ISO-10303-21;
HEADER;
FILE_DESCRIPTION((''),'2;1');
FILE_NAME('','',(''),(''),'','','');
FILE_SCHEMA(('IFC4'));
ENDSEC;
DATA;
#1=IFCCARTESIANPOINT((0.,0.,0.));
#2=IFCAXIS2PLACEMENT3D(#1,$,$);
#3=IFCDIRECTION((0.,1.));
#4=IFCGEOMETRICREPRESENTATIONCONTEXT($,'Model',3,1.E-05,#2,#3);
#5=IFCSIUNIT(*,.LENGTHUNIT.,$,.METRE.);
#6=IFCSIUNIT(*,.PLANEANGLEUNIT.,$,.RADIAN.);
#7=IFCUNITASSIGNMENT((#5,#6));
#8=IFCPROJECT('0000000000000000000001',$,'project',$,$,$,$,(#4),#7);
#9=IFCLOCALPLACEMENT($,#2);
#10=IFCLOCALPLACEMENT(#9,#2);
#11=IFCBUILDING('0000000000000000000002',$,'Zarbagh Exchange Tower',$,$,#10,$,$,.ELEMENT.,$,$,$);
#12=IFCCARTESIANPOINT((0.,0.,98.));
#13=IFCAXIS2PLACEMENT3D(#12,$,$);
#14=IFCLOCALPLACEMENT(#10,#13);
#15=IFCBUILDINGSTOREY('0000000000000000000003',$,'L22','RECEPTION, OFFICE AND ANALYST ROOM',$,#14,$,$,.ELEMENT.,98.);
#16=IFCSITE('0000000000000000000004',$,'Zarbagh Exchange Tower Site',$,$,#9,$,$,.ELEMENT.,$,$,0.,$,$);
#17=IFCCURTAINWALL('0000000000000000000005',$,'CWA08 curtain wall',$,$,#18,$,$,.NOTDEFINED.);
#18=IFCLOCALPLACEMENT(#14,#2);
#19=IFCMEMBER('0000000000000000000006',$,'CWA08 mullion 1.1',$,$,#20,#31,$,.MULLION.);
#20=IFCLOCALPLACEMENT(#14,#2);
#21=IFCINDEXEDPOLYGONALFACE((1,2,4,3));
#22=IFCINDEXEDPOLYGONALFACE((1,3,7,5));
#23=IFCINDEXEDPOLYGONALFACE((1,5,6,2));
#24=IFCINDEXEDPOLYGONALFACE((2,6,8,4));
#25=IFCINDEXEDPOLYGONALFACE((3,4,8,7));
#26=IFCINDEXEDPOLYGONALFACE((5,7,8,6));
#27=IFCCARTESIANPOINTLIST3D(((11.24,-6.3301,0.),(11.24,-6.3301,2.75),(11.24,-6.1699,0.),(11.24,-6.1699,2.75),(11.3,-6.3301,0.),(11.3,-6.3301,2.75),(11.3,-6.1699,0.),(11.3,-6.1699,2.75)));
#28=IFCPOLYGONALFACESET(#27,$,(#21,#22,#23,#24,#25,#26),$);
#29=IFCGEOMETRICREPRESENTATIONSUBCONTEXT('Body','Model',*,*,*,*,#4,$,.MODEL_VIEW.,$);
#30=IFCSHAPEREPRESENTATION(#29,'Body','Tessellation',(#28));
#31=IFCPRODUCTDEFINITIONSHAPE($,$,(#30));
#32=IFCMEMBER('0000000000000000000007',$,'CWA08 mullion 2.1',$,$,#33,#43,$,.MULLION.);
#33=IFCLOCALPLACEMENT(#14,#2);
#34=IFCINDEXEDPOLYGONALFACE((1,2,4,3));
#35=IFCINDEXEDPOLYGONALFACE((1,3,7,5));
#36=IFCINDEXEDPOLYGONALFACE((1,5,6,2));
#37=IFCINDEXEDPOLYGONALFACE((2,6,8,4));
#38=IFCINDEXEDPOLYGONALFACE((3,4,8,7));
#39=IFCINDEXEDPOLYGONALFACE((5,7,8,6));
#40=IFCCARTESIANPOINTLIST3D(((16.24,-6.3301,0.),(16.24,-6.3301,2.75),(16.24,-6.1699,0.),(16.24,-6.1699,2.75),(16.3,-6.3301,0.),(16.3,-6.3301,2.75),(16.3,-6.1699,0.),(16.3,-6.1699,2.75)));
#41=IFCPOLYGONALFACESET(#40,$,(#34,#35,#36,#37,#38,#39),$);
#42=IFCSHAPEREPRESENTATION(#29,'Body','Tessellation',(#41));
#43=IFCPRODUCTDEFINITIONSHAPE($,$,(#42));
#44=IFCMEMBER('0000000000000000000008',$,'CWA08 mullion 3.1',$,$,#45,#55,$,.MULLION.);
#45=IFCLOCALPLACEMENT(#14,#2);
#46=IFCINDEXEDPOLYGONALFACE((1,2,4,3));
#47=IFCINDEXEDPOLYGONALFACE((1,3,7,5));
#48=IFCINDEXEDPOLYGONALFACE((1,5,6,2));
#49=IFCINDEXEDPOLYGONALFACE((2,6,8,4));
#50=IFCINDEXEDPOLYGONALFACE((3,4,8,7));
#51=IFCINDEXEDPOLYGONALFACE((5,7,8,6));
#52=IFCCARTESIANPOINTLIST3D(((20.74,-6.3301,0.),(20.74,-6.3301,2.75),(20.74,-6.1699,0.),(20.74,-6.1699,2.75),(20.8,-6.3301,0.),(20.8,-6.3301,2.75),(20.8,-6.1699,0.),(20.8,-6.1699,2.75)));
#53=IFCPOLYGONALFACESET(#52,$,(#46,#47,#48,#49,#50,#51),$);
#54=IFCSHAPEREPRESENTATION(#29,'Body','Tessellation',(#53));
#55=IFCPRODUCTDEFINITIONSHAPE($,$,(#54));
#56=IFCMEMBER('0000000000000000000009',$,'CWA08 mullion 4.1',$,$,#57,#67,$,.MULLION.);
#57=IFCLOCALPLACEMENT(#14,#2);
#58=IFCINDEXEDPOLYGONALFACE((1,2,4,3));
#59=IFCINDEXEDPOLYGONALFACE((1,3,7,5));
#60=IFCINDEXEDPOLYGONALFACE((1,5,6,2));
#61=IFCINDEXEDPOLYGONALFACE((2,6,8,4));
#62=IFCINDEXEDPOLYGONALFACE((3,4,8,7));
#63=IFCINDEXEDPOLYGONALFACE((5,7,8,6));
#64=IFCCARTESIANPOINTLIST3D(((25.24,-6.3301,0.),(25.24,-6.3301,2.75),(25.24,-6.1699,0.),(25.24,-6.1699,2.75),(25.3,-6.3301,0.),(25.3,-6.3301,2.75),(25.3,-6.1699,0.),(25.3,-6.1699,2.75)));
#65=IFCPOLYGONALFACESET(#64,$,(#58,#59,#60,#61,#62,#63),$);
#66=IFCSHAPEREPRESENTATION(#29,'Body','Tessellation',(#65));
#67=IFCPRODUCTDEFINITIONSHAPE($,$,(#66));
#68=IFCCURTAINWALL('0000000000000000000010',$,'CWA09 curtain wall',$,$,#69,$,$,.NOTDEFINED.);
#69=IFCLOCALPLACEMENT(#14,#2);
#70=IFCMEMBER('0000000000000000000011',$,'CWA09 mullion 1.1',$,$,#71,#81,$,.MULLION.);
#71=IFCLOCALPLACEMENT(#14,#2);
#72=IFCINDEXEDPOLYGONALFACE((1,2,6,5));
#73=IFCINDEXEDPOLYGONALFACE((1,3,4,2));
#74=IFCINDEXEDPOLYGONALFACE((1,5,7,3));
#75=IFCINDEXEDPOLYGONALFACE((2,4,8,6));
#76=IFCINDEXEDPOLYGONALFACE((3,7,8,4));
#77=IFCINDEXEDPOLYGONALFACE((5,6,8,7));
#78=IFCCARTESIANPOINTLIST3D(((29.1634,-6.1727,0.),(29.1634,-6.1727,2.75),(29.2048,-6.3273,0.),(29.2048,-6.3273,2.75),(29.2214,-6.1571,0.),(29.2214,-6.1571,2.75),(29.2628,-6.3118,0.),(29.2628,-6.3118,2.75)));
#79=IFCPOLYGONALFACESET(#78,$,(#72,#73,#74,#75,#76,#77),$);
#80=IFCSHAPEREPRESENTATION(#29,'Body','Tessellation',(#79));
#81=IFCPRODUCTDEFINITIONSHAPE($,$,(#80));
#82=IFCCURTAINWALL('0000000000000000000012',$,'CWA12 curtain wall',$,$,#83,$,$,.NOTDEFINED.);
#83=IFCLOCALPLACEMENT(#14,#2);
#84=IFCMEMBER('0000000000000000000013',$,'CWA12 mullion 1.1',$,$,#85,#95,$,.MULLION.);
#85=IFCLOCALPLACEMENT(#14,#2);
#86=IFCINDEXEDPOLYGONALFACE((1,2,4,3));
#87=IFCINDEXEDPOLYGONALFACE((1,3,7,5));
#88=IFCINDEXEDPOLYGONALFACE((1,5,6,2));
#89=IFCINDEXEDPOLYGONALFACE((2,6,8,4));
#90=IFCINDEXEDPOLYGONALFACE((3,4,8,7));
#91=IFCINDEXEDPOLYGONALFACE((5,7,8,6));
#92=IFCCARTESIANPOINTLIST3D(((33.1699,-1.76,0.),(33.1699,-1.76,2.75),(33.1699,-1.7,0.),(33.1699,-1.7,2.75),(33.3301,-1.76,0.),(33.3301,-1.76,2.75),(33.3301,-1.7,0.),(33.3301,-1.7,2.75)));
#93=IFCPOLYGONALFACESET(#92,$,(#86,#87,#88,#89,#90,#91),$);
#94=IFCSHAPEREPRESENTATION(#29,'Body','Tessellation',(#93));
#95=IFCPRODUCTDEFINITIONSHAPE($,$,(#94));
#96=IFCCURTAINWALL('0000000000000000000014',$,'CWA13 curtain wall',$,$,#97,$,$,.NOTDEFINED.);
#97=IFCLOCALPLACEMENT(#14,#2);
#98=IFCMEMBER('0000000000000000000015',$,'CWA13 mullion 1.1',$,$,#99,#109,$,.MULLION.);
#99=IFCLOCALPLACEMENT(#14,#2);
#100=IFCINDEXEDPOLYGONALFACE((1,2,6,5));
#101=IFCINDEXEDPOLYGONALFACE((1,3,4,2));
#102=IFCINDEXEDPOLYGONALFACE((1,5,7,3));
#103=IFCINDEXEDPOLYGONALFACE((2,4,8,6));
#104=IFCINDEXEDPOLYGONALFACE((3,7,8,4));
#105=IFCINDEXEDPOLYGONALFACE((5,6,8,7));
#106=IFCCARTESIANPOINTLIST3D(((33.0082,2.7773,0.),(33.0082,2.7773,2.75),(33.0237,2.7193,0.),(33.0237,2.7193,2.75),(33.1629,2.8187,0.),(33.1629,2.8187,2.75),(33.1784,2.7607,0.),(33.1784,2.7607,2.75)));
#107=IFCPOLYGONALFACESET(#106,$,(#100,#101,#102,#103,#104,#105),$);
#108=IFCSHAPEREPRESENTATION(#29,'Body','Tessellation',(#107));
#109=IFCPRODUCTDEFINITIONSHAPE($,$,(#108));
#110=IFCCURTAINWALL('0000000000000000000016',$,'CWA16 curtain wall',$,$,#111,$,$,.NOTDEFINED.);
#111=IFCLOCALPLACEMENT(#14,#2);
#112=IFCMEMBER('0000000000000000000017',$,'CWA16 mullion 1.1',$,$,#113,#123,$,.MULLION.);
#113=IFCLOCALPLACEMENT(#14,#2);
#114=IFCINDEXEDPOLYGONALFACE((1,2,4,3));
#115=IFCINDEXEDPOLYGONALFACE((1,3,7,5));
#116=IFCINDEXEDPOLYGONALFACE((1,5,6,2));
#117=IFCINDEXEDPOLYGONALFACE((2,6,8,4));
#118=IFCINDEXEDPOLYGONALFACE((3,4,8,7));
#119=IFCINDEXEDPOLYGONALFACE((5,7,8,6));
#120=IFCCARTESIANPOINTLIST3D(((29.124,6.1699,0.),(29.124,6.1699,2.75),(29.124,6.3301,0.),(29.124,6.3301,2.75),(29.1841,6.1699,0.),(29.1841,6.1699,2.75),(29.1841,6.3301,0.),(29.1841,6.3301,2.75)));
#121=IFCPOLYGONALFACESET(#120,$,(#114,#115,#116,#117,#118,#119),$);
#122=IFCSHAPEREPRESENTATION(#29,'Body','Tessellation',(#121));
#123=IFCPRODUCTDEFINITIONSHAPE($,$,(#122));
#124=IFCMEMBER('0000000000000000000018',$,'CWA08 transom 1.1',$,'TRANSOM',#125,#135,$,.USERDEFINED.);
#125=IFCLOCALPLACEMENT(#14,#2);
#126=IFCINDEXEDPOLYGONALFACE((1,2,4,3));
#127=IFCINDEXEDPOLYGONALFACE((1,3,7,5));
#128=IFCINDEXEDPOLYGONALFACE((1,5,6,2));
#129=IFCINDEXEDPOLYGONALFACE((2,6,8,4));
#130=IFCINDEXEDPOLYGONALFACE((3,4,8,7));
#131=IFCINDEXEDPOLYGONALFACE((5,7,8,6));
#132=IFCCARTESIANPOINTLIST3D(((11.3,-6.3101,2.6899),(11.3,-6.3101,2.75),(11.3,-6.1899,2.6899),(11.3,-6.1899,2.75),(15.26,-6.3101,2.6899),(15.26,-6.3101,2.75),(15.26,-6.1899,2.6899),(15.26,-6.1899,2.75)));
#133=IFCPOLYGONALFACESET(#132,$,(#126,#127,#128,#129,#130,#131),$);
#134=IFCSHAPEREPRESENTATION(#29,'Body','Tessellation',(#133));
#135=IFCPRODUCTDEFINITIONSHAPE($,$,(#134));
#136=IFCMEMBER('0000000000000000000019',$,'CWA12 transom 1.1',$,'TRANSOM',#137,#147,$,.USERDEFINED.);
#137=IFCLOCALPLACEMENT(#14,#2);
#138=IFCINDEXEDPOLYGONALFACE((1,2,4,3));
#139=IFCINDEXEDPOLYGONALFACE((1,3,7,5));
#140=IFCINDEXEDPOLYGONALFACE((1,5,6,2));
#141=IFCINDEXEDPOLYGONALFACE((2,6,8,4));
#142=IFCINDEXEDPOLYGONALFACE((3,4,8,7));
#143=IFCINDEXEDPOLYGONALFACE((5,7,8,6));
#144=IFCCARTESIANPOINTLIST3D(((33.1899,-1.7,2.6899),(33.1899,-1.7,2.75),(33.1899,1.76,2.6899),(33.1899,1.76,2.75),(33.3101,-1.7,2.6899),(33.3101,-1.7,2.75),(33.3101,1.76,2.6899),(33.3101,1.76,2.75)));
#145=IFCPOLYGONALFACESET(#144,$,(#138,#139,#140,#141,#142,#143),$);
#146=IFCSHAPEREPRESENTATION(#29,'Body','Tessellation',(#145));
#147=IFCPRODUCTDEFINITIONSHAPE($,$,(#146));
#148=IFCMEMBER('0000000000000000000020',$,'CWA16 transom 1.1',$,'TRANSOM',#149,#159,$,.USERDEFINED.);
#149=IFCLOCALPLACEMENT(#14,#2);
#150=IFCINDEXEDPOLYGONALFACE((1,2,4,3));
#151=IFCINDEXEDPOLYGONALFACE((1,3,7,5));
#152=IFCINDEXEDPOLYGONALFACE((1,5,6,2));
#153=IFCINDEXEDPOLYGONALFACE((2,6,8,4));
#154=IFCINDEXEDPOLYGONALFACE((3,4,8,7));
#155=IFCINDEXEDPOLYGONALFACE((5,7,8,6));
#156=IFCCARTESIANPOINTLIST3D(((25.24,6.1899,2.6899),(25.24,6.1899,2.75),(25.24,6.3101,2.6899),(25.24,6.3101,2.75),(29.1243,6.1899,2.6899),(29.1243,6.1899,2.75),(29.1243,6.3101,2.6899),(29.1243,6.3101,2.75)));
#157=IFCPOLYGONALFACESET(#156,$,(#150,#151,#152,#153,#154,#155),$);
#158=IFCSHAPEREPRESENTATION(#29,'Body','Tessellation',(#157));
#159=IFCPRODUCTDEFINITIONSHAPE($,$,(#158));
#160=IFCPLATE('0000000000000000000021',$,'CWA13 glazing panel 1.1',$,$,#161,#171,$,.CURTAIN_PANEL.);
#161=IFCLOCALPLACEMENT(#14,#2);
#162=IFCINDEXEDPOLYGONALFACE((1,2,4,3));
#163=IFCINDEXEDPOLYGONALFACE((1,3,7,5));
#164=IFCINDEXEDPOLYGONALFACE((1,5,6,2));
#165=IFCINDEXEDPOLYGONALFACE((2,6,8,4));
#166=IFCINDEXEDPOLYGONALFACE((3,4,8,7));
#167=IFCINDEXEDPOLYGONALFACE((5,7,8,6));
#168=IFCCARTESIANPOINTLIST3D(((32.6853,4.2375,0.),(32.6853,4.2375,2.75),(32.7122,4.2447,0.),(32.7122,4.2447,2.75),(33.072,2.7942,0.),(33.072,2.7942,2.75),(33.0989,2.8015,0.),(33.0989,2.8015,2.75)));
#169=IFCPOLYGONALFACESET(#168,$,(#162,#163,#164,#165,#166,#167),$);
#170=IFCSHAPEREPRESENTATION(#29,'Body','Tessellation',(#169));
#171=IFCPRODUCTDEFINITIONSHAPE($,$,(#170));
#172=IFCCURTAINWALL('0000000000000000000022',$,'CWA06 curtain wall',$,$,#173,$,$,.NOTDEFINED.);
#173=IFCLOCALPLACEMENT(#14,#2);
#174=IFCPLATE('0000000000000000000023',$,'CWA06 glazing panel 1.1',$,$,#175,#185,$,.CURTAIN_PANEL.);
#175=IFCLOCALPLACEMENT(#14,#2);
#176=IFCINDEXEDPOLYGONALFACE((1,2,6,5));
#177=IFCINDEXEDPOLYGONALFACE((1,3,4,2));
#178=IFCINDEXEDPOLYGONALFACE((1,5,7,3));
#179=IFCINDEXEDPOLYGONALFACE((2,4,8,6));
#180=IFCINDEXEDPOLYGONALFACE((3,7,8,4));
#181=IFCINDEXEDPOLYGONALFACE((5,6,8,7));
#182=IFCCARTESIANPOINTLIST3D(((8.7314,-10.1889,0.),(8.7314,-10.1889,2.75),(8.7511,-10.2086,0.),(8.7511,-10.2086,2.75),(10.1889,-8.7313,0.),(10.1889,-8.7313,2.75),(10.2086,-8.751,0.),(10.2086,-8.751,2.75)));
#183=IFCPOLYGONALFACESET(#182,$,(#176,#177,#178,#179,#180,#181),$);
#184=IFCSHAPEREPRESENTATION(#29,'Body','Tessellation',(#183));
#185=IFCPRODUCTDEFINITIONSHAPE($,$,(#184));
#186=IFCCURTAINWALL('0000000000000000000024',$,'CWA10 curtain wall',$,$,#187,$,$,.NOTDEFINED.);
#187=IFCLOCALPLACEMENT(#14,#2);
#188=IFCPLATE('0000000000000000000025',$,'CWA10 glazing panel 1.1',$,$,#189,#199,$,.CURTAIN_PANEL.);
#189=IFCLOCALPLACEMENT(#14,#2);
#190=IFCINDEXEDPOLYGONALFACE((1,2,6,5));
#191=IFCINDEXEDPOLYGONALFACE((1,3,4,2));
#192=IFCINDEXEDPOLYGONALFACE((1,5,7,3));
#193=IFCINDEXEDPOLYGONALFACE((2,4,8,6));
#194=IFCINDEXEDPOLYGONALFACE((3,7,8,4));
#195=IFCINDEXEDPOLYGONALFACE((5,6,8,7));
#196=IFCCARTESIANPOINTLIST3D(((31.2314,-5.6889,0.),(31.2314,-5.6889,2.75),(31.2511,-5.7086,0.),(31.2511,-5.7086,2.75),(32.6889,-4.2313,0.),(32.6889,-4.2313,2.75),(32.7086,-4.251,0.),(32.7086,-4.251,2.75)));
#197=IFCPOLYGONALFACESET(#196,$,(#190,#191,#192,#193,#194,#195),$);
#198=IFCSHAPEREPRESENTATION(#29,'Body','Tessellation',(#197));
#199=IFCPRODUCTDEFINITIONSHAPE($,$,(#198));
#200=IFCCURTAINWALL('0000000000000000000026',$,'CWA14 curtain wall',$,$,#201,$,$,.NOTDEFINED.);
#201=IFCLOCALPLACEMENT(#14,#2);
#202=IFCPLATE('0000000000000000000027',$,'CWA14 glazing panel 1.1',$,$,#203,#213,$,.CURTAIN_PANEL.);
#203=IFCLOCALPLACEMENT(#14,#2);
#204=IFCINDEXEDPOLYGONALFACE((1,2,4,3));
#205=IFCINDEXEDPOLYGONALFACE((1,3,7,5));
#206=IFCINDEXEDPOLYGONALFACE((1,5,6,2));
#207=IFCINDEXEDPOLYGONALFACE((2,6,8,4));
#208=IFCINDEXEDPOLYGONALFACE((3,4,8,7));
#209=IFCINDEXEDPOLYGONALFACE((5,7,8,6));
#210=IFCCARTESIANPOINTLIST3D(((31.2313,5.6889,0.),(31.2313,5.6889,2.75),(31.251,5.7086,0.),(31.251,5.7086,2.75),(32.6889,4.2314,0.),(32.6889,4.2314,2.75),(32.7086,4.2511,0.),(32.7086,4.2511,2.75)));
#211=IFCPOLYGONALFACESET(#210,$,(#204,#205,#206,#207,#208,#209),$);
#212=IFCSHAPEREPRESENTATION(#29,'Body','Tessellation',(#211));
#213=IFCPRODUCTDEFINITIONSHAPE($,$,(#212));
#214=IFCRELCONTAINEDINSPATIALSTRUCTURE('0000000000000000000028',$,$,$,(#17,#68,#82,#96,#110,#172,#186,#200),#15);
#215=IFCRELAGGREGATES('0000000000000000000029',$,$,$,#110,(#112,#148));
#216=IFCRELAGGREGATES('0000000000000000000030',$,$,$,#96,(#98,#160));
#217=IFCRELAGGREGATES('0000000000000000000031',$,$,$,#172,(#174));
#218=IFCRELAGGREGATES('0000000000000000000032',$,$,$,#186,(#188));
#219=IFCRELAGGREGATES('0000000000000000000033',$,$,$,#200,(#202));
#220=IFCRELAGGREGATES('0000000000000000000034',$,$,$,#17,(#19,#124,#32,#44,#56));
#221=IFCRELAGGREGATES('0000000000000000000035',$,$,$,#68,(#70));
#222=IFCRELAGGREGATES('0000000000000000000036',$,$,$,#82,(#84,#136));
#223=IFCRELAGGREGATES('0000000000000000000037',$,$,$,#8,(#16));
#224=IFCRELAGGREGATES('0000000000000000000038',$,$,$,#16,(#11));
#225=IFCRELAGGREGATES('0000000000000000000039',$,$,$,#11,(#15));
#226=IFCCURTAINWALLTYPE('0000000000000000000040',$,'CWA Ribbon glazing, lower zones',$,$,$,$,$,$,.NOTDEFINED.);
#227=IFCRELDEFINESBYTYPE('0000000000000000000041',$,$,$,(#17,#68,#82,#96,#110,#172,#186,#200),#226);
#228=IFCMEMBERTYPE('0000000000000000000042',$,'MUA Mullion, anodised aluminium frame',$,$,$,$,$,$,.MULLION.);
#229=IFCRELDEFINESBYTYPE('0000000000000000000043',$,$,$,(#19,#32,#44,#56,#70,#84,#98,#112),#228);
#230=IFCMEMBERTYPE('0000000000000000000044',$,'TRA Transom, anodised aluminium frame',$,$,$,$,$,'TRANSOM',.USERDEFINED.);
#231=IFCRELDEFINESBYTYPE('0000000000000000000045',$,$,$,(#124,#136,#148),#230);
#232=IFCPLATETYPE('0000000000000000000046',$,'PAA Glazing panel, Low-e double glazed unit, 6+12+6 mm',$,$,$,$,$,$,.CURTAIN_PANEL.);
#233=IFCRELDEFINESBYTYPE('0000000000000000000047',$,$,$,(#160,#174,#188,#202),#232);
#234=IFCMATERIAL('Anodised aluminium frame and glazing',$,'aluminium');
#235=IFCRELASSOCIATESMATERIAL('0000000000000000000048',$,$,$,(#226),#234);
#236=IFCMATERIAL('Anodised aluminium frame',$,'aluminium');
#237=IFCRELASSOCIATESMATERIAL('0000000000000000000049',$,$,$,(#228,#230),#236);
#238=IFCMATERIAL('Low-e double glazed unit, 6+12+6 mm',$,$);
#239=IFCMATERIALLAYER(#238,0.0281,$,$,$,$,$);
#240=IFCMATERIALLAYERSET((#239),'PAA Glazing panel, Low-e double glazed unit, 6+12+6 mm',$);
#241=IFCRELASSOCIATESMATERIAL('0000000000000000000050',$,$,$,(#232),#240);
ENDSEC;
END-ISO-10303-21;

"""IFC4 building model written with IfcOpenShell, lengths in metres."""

from ifc_helpers import new_model, si_unit, direction, frame, origin, place, context, subcontext, project, spatial, polyline, outline, extrude, source, transform, mapped, material, layer, layer_set, type_object, element, aggregate, save


model = new_model("IFC4")

# Units and contexts
model_context = context("Model", 3, precision=1e-05, world=origin(), true_north=direction((0.0, 1.0)))
body_context = subcontext(model_context, "Body", "Model", "MODEL_VIEW")
ifc_project = project(units=[si_unit("LENGTHUNIT", "METRE"), si_unit("PLANEANGLEUNIT", "RADIAN")], contexts=[model_context])

# Site, building, storey
site_placement = place(None, origin())
site = spatial("IfcSite", under=ifc_project, at=site_placement, Name="Zarbagh Exchange Tower Site", CompositionType="ELEMENT", RefElevation=0.0)
building_placement = place(site_placement, origin())
building = spatial("IfcBuilding", under=site, at=building_placement, Name="Zarbagh Exchange Tower", CompositionType="ELEMENT")
storey_placement = place(building_placement, frame((0.0, 0.0, 98.0)))
storey = spatial("IfcBuildingStorey", under=building, at=storey_placement, Name="L22", Description="RECEPTION, OFFICE AND ANALYST ROOM", CompositionType="ELEMENT", Elevation=98.0)

# Curtain wall, members
ifc_material_1 = material(Name="Anodised aluminium frame and glazing", Category="aluminium")
curtain_wall_type = type_object("IfcCurtainWallType", Name="CWA Ribbon glazing, lower zones", PredefinedType="NOTDEFINED", material=ifc_material_1)
curtain_wall_1_placement = place(storey_placement, origin())
curtain_wall_1 = element("IfcCurtainWall", 1, at=curtain_wall_1_placement, inside=storey, type_object=curtain_wall_type, Name="CWA08 curtain wall", PredefinedType="NOTDEFINED")
ifc_material_2 = material(Name="Anodised aluminium frame", Category="aluminium")
member_type_1 = type_object("IfcMemberType", Name="MUA Mullion, anodised aluminium frame", PredefinedType="MULLION", material=ifc_material_2)
shared_shape_1 = source(origin(), body_context, "Body", "SweptSolid", [
    extrude(outline(polyline([(0.0, -0.0801), (0.0601, -0.0801), (0.0601, 0.0801), (0.0, 0.0801), (0.0, -0.0801)])), origin(), (0.0, 0.0, 1.0), 2.75),
])
placement = place(storey_placement, origin())
member_1 = element("IfcMember", 2, at=placement, type_object=member_type_1, Name="CWA08 mullion 1.1", PredefinedType="MULLION", context=body_context, shape_type="MappedRepresentation", body=[
    mapped(shared_shape_1, transform((11.24, -6.25, 0.0), x_axis=(1.0, 0.0, 0.0), y_axis=(0.0, 1.0, 0.0), z_axis=(0.0, 0.0, 1.0))),
])
member_2 = element("IfcMember", 3, at=placement, type_object=member_type_1, Name="CWA08 mullion 2.1", PredefinedType="MULLION", context=body_context, shape_type="MappedRepresentation", body=[
    mapped(shared_shape_1, transform((16.24, -6.25, 0.0), x_axis=(1.0, 0.0, 0.0), y_axis=(0.0, 1.0, 0.0), z_axis=(0.0, 0.0, 1.0))),
])
member_3 = element("IfcMember", 4, at=placement, type_object=member_type_1, Name="CWA08 mullion 3.1", PredefinedType="MULLION", context=body_context, shape_type="MappedRepresentation", body=[
    mapped(shared_shape_1, transform((20.74, -6.25, 0.0), x_axis=(1.0, 0.0, 0.0), y_axis=(0.0, 1.0, 0.0), z_axis=(0.0, 0.0, 1.0))),
])
member_4 = element("IfcMember", 5, at=placement, type_object=member_type_1, Name="CWA08 mullion 4.1", PredefinedType="MULLION", context=body_context, shape_type="MappedRepresentation", body=[
    mapped(shared_shape_1, transform((25.24, -6.25, 0.0), x_axis=(1.0, 0.0, 0.0), y_axis=(0.0, 1.0, 0.0), z_axis=(0.0, 0.0, 1.0))),
])

# Curtain walls, members
curtain_wall_2_placement = place(storey_placement, origin())
curtain_wall_2 = element("IfcCurtainWall", 6, at=curtain_wall_2_placement, inside=storey, type_object=curtain_wall_type, Name="CWA09 curtain wall", PredefinedType="NOTDEFINED")
member_5 = element("IfcMember", 7, at=placement, type_object=member_type_1, Name="CWA09 mullion 1.1", PredefinedType="MULLION", context=body_context, shape_type="MappedRepresentation", body=[
    mapped(shared_shape_1, transform((29.1841, -6.25, 0.0), x_axis=(0.965924, 0.258825, 0.0), y_axis=(-0.258825, 0.965924, 0.0), z_axis=(0.0, 0.0, 1.0))),
])
curtain_wall_3_placement = place(storey_placement, origin())
curtain_wall_3 = element("IfcCurtainWall", 8, at=curtain_wall_3_placement, inside=storey, type_object=curtain_wall_type, Name="CWA12 curtain wall", PredefinedType="NOTDEFINED")
member_6 = element("IfcMember", 9, at=placement, type_object=member_type_1, Name="CWA12 mullion 1.1", PredefinedType="MULLION", context=body_context, shape_type="MappedRepresentation", body=[
    mapped(shared_shape_1, transform((33.25, -1.76, 0.0), x_axis=(0.0, 1.0, 0.0), y_axis=(-1.0, 0.0, 0.0), z_axis=(0.0, 0.0, 1.0))),
])
curtain_wall_4_placement = place(storey_placement, origin())
curtain_wall_4 = element("IfcCurtainWall", 10, at=curtain_wall_4_placement, inside=storey, type_object=curtain_wall_type, Name="CWA13 curtain wall", PredefinedType="NOTDEFINED")
member_7 = element("IfcMember", 11, at=placement, type_object=member_type_1, Name="CWA13 mullion 1.1", PredefinedType="MULLION", context=body_context, shape_type="MappedRepresentation", body=[
    mapped(shared_shape_1, transform((33.1011, 2.74, 0.0), x_axis=(-0.258825, 0.965924, 0.0), y_axis=(-0.965924, -0.258825, 0.0), z_axis=(0.0, 0.0, 1.0))),
])
curtain_wall_5_placement = place(storey_placement, origin())
curtain_wall_5 = element("IfcCurtainWall", 12, at=curtain_wall_5_placement, inside=storey, type_object=curtain_wall_type, Name="CWA16 curtain wall", PredefinedType="NOTDEFINED")
member_8 = element("IfcMember", 13, at=placement, type_object=member_type_1, Name="CWA16 mullion 1.1", PredefinedType="MULLION", context=body_context, shape_type="MappedRepresentation", body=[
    mapped(shared_shape_1, transform((29.1841, 6.25, 0.0), x_axis=(-1.0, 0.0, 0.0), y_axis=(0.0, -1.0, 0.0), z_axis=(0.0, 0.0, 1.0))),
])

# Members
member_type_2 = type_object("IfcMemberType", Name="TRA Transom, anodised aluminium frame", ElementType="TRANSOM", PredefinedType="USERDEFINED", material=ifc_material_2)
shared_shape_2 = source(origin(), body_context, "Body", "SweptSolid", [
    extrude(outline(polyline([(-0.0601, -0.0601), (0.0, -0.0601), (0.0, 0.0601), (-0.0601, 0.0601), (-0.0601, -0.0601)])), origin(), (0.0, 0.0, 1.0), 3.96),
])
member_9 = element("IfcMember", 14, at=placement, type_object=member_type_2, Name="CWA08 transom 1.1", ObjectType="TRANSOM", PredefinedType="USERDEFINED", context=body_context, shape_type="MappedRepresentation", body=[
    mapped(shared_shape_2, transform((11.3, -6.25, 2.75), x_axis=(0.0, 0.0, 1.0), y_axis=(0.0, -1.0, 0.0), z_axis=(1.0, 0.0, 0.0))),
])
shared_shape_3 = source(origin(), body_context, "Body", "SweptSolid", [
    extrude(outline(polyline([(-0.0601, -0.0601), (0.0, -0.0601), (0.0, 0.0601), (-0.0601, 0.0601), (-0.0601, -0.0601)])), origin(), (0.0, 0.0, 1.0), 3.46),
])
member_10 = element("IfcMember", 15, at=placement, type_object=member_type_2, Name="CWA12 transom 1.1", ObjectType="TRANSOM", PredefinedType="USERDEFINED", context=body_context, shape_type="MappedRepresentation", body=[
    mapped(shared_shape_3, transform((33.25, -1.7, 2.75), x_axis=(0.0, 0.0, 1.0), y_axis=(1.0, 0.0, 0.0), z_axis=(0.0, 1.0, 0.0))),
])
shared_shape_4 = source(origin(), body_context, "Body", "SweptSolid", [
    extrude(outline(polyline([(-0.0601, -0.0601), (0.0, -0.0601), (0.0, 0.0601), (-0.0601, 0.0601), (-0.0601, -0.0601)])), origin(), (0.0, 0.0, 1.0), 3.8843),
])
member_11 = element("IfcMember", 16, at=placement, type_object=member_type_2, Name="CWA16 transom 1.1", ObjectType="TRANSOM", PredefinedType="USERDEFINED", context=body_context, shape_type="MappedRepresentation", body=[
    mapped(shared_shape_4, transform((29.1243, 6.25, 2.75), x_axis=(0.0, 0.0, 1.0), y_axis=(0.0, 1.0, 0.0), z_axis=(-1.0, 0.0, 0.0))),
])
aggregate(curtain_wall_5, [member_8, member_11])

# Plate
ifc_material_3 = material(Name="Low-e double glazed unit, 6+12+6 mm")
ifc_layer = layer(ifc_material_3, 0.0281)
ifc_layer_set = layer_set([ifc_layer], Name="PAA Glazing panel, Low-e double glazed unit, 6+12+6 mm")
plate_type = type_object("IfcPlateType", Name="PAA Glazing panel, Low-e double glazed unit, 6+12+6 mm", PredefinedType="CURTAIN_PANEL", material=ifc_layer_set)
shared_shape_5 = source(origin(), body_context, "Body", "SweptSolid", [
    extrude(outline(polyline([(0.0, -0.0139), (1.4941, -0.0139), (1.4941, 0.0139), (0.0, 0.0139), (0.0, -0.0139)])), origin(), (0.0, 0.0, 1.0), 2.75),
])
plate_1 = element("IfcPlate", 17, at=placement, type_object=plate_type, Name="CWA13 glazing panel 1.1", PredefinedType="CURTAIN_PANEL", context=body_context, shape_type="MappedRepresentation", body=[
    mapped(shared_shape_5, transform((33.0854, 2.7979, 0.0), x_axis=(-0.258825, 0.965924, 0.0), y_axis=(-0.965924, -0.258825, 0.0), z_axis=(0.0, 0.0, 1.0))),
])
aggregate(curtain_wall_4, [member_7, plate_1])

# Curtain walls, plates
curtain_wall_6_placement = place(storey_placement, origin())
curtain_wall_6 = element("IfcCurtainWall", 18, at=curtain_wall_6_placement, inside=storey, type_object=curtain_wall_type, Name="CWA06 curtain wall", PredefinedType="NOTDEFINED")
shared_shape_6 = source(origin(), body_context, "Body", "SweptSolid", [
    extrude(outline(polyline([(0.0, -0.0139), (2.0613, -0.0139), (2.0613, 0.0139), (0.0, 0.0139), (0.0, -0.0139)])), origin(), (0.0, 0.0, 1.0), 2.75),
])
plate_2 = element("IfcPlate", 19, at=placement, type_object=plate_type, Name="CWA06 glazing panel 1.1", PredefinedType="CURTAIN_PANEL", context=body_context, shape_type="MappedRepresentation", body=[
    mapped(shared_shape_6, transform((8.7412, -10.1987, 0.0), x_axis=(0.707107, 0.707107, 0.0), y_axis=(-0.707107, 0.707107, 0.0), z_axis=(0.0, 0.0, 1.0))),
])
aggregate(curtain_wall_6, [plate_2])
curtain_wall_7_placement = place(storey_placement, origin())
curtain_wall_7 = element("IfcCurtainWall", 20, at=curtain_wall_7_placement, inside=storey, type_object=curtain_wall_type, Name="CWA10 curtain wall", PredefinedType="NOTDEFINED")
plate_3 = element("IfcPlate", 21, at=placement, type_object=plate_type, Name="CWA10 glazing panel 1.1", PredefinedType="CURTAIN_PANEL", context=body_context, shape_type="MappedRepresentation", body=[
    mapped(shared_shape_6, transform((31.2412, -5.6987, 0.0), x_axis=(0.707107, 0.707107, 0.0), y_axis=(-0.707107, 0.707107, 0.0), z_axis=(0.0, 0.0, 1.0))),
])
aggregate(curtain_wall_7, [plate_3])
curtain_wall_8_placement = place(storey_placement, origin())
curtain_wall_8 = element("IfcCurtainWall", 22, at=curtain_wall_8_placement, inside=storey, type_object=curtain_wall_type, Name="CWA14 curtain wall", PredefinedType="NOTDEFINED")
plate_4 = element("IfcPlate", 23, at=placement, type_object=plate_type, Name="CWA14 glazing panel 1.1", PredefinedType="CURTAIN_PANEL", context=body_context, shape_type="MappedRepresentation", body=[
    mapped(shared_shape_6, transform((32.6987, 4.2412, 0.0), x_axis=(-0.707107, 0.707107, 0.0), y_axis=(-0.707107, -0.707107, 0.0), z_axis=(0.0, 0.0, 1.0))),
])
aggregate(curtain_wall_8, [plate_4])

aggregate(curtain_wall_1, [member_1, member_9, member_2, member_3, member_4])
aggregate(curtain_wall_2, [member_5])

aggregate(curtain_wall_3, [member_6, member_10])

save(model, "model.ifc")
